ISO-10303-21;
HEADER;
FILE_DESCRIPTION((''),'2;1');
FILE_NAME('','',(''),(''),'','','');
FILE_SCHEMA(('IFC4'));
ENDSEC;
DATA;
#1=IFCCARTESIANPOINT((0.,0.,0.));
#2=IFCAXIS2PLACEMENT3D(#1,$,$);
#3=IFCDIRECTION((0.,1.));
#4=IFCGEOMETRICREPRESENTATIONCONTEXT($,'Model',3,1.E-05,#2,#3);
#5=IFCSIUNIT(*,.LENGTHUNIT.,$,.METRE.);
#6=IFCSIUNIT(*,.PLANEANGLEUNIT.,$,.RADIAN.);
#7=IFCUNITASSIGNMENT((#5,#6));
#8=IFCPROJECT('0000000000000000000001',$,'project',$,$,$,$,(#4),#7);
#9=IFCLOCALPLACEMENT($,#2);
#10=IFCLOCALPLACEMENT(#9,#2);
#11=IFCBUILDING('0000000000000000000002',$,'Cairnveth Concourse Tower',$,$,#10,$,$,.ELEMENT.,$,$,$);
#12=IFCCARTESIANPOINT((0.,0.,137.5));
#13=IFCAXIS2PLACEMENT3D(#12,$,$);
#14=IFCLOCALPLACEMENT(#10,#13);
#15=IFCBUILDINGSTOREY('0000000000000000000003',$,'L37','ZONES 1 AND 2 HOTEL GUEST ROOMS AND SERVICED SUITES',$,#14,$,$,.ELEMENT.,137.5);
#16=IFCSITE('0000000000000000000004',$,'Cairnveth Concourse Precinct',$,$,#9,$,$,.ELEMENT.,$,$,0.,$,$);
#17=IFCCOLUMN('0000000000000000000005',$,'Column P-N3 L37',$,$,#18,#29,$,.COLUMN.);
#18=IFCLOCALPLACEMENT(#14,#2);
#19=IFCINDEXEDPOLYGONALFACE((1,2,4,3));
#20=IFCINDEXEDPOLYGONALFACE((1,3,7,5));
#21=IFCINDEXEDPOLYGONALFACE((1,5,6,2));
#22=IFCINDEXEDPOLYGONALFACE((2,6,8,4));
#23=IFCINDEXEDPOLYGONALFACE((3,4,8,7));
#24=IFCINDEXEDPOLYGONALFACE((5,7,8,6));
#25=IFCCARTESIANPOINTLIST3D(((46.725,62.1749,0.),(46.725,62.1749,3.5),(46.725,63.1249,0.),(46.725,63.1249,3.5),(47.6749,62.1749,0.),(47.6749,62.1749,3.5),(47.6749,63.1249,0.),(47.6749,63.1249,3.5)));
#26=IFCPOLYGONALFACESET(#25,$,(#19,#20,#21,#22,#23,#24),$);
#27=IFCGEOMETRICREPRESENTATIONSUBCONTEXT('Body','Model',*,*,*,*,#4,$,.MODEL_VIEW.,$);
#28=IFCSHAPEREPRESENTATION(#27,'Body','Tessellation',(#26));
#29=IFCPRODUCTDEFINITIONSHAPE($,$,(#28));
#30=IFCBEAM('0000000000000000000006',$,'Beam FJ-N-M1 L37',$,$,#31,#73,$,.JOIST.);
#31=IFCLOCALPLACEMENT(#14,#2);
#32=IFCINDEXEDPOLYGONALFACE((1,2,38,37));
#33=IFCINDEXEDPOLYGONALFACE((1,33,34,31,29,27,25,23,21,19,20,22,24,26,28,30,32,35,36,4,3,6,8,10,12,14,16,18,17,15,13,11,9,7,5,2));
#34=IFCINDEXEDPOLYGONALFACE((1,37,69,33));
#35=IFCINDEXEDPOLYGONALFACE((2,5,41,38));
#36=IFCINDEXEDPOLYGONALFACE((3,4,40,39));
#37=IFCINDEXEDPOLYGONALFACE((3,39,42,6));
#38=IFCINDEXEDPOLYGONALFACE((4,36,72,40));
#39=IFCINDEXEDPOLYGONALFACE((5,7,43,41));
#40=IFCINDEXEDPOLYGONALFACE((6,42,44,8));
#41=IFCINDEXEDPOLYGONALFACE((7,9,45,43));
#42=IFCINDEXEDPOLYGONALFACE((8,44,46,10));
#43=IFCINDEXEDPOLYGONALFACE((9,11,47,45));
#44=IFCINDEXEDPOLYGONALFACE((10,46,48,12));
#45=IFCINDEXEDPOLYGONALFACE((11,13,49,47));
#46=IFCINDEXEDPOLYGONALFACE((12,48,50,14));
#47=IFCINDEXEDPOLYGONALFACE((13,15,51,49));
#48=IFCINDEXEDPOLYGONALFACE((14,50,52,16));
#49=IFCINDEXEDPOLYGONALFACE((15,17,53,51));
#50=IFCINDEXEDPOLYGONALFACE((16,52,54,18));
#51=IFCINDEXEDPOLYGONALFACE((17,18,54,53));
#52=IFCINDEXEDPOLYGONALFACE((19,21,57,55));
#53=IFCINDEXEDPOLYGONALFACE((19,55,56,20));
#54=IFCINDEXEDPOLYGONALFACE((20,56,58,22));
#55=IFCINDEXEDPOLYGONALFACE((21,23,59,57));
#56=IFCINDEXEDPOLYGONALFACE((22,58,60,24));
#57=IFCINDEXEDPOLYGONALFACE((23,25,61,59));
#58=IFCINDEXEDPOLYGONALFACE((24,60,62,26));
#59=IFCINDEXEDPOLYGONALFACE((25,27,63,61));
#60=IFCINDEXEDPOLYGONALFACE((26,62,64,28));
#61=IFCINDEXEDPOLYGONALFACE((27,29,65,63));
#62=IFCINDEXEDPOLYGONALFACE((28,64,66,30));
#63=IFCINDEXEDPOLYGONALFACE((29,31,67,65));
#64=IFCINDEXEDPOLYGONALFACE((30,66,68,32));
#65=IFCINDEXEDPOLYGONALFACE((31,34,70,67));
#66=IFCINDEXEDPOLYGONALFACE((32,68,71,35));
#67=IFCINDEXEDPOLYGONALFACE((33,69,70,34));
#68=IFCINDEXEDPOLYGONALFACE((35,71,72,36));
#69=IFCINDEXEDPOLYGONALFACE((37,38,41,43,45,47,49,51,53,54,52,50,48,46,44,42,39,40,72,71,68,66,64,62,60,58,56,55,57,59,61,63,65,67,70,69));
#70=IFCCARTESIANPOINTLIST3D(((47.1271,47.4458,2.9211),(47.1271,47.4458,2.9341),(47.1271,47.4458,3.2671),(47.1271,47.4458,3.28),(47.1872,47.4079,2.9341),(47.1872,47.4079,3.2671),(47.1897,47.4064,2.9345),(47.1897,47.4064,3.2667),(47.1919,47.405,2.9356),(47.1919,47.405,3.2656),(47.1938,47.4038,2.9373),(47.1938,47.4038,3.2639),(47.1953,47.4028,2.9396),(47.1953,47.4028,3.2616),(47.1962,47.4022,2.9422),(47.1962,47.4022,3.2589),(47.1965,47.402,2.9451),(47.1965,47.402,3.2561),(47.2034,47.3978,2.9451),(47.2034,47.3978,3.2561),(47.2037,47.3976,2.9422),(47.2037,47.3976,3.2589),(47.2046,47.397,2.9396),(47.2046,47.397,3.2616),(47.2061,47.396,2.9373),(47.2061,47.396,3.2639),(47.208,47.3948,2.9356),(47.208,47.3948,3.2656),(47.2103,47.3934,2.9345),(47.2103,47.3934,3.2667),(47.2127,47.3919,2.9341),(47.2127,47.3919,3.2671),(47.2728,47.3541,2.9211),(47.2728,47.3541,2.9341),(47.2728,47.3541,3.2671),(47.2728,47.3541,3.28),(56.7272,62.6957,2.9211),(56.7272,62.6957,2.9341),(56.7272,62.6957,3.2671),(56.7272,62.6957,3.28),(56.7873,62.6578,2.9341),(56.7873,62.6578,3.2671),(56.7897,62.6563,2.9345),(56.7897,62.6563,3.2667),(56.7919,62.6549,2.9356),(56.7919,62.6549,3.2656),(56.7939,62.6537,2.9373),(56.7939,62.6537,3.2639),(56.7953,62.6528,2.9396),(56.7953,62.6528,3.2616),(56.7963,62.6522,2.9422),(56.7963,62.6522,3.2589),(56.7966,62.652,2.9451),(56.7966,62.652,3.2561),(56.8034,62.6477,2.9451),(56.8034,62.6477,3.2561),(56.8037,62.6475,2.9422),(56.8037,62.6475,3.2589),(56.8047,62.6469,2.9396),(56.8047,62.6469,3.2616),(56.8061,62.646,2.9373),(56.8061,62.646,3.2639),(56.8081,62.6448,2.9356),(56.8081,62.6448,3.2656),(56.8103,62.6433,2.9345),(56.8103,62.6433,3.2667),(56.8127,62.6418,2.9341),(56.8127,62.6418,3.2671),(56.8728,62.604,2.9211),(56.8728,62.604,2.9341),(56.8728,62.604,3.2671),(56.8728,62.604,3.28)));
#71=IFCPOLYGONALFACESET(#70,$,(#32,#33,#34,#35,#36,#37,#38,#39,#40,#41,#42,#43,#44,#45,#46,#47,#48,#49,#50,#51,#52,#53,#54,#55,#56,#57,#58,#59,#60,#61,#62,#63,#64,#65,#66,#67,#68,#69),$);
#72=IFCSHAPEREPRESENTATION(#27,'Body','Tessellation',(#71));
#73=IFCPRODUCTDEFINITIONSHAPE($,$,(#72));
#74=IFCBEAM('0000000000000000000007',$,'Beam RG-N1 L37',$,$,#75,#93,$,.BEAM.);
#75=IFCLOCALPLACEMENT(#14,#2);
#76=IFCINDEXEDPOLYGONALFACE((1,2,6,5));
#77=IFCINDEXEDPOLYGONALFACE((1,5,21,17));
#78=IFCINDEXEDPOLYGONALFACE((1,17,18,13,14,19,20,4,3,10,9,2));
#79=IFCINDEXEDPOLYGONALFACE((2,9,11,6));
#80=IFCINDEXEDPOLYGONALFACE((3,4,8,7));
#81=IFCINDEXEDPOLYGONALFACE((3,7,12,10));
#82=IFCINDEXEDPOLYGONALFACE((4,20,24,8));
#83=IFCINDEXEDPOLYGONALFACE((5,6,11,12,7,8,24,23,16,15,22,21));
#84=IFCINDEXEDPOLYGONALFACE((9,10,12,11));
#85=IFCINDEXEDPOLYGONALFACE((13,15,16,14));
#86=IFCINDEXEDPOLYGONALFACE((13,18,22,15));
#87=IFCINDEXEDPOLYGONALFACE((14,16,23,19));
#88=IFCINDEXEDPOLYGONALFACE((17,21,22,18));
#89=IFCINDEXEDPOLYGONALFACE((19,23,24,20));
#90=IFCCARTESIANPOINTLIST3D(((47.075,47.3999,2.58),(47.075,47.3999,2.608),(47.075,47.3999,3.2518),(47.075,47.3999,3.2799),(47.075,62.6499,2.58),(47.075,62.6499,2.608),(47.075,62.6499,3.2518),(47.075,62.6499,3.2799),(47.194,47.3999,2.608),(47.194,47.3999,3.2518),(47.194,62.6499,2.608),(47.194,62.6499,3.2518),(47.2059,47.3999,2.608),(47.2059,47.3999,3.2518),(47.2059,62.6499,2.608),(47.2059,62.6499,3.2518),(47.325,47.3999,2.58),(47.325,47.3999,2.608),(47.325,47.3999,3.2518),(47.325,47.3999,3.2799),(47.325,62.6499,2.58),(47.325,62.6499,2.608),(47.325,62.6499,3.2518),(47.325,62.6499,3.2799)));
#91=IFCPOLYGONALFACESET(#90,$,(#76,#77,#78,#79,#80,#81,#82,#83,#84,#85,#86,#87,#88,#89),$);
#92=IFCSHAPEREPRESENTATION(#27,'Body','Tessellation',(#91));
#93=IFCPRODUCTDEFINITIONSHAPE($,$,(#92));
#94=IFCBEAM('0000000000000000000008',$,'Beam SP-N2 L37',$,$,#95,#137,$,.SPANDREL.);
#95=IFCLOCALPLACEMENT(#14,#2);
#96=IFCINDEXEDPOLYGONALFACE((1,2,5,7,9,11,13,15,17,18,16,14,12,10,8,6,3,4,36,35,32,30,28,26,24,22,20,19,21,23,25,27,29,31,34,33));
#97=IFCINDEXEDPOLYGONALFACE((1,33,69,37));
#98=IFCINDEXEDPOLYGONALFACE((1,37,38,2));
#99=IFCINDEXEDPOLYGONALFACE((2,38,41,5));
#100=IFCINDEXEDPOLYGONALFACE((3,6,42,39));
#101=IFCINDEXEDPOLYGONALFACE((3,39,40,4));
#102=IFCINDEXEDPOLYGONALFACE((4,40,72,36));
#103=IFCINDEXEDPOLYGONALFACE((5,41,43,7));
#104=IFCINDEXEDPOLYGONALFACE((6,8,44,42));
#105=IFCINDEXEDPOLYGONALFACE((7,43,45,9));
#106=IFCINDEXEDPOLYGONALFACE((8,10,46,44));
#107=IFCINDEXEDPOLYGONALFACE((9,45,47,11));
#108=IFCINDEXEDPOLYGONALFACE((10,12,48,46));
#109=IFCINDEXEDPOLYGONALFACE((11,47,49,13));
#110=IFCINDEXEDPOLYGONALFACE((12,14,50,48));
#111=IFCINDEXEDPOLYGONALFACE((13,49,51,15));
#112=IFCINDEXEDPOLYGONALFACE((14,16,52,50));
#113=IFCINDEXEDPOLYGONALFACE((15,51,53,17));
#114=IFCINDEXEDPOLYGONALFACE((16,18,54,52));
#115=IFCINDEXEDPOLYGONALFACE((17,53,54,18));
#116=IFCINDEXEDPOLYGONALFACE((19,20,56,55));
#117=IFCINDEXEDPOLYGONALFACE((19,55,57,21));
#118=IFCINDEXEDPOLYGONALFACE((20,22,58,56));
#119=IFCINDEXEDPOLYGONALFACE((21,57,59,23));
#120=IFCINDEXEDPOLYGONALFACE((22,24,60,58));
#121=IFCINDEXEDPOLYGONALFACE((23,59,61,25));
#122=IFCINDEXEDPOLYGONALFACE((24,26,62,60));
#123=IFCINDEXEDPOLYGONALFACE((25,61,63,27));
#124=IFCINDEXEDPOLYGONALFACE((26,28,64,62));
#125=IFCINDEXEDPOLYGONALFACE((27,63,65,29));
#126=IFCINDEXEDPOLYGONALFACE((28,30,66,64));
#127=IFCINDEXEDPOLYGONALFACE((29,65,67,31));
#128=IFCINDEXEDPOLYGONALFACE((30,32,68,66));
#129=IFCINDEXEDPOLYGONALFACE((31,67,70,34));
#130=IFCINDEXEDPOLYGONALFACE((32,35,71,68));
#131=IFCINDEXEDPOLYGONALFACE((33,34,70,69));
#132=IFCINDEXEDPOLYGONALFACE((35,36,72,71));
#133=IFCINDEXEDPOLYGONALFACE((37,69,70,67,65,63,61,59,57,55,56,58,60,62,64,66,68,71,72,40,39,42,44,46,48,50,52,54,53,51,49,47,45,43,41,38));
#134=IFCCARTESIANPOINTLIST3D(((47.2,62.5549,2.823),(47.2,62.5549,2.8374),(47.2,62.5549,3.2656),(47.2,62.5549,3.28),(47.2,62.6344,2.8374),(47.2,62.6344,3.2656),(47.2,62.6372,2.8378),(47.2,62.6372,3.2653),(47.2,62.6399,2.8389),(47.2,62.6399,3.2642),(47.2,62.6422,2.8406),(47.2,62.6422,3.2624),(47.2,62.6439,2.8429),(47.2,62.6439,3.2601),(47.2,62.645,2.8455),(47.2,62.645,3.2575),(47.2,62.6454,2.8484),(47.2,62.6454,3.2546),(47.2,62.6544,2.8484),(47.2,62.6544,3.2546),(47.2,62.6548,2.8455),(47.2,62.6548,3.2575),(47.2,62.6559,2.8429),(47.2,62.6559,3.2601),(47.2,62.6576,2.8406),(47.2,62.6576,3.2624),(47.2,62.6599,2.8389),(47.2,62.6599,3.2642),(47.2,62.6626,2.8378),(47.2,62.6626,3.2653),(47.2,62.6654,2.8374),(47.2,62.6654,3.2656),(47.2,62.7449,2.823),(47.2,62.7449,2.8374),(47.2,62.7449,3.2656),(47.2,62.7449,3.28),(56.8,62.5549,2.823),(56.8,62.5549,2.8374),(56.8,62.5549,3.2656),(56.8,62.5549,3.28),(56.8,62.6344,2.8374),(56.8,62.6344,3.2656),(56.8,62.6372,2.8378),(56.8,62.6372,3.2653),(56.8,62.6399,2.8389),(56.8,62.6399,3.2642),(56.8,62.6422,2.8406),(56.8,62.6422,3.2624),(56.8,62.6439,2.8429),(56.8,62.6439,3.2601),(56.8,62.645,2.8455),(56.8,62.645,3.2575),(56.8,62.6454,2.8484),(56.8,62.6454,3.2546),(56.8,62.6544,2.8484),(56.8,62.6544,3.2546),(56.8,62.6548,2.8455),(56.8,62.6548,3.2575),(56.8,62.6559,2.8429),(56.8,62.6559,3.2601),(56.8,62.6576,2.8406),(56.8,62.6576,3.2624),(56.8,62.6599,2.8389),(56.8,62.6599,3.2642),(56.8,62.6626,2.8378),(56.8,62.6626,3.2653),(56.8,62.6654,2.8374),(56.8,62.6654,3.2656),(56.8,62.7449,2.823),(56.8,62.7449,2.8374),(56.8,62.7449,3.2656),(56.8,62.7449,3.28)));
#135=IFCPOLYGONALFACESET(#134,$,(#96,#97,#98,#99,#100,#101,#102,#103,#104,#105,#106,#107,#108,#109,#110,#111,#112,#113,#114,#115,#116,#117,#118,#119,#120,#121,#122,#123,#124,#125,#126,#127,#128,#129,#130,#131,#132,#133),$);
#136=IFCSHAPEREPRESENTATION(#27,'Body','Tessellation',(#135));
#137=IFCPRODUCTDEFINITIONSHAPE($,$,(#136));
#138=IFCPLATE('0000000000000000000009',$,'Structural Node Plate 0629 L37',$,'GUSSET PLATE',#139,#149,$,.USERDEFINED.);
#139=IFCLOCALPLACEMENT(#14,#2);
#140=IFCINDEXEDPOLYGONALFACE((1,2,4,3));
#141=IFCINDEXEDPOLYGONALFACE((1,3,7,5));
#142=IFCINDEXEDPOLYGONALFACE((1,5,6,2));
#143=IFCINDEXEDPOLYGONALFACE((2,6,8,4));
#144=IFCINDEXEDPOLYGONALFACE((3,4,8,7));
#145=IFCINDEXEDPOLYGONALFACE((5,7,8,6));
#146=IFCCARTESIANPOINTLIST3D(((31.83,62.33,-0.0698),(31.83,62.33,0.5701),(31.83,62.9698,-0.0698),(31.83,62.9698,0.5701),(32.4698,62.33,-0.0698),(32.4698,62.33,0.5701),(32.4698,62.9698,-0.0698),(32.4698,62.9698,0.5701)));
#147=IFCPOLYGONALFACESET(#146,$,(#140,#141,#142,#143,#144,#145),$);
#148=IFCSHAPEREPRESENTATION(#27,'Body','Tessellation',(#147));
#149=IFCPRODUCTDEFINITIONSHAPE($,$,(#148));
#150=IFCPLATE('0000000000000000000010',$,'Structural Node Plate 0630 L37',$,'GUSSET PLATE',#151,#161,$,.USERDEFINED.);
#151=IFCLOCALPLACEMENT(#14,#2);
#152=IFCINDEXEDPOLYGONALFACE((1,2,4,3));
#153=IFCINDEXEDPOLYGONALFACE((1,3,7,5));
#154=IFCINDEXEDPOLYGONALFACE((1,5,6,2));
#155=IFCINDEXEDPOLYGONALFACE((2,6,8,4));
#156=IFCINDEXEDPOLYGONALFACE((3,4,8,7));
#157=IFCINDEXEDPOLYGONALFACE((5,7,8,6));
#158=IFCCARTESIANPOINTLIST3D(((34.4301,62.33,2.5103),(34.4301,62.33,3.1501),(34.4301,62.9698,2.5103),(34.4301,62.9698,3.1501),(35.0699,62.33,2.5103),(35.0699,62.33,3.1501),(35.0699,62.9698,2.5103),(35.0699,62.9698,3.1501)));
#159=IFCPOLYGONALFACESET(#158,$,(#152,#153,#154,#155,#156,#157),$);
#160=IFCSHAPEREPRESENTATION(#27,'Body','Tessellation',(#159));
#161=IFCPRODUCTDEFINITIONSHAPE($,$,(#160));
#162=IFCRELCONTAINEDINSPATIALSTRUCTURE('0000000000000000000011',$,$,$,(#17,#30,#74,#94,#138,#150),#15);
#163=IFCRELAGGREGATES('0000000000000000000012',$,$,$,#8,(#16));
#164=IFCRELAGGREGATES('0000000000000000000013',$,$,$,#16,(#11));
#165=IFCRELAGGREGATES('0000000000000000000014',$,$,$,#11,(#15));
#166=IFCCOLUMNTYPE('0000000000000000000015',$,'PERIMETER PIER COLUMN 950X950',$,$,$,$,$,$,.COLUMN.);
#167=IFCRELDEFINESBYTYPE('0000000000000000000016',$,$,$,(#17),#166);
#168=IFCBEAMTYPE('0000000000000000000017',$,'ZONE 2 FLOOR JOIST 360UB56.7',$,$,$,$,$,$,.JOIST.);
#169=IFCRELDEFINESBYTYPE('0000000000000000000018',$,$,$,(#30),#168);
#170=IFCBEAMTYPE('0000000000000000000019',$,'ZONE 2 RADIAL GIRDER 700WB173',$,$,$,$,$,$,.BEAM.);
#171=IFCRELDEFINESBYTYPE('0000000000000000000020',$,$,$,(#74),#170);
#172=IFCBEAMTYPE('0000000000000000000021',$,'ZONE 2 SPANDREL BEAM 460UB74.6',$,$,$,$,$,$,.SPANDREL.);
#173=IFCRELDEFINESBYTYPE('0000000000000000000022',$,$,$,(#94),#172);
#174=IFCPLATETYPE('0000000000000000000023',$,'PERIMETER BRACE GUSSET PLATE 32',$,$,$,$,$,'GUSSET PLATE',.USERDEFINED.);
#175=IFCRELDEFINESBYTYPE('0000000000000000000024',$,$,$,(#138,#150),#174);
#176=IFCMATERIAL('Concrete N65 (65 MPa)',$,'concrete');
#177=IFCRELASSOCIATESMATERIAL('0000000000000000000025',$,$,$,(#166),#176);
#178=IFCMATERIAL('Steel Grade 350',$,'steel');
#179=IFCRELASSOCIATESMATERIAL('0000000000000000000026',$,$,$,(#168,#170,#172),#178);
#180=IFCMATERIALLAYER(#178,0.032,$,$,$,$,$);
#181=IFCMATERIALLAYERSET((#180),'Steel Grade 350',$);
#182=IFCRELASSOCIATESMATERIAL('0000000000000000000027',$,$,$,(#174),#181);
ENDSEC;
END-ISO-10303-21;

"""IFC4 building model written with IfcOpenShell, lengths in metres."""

from ifc_helpers import new_model, si_unit, direction, frame, origin, origin_2d, place, context, subcontext, project, spatial, rectangle, i_section, extrude, material, layer, layer_set, material_profile, profile_set, type_object, element, save


model = new_model("IFC4")

# Units and contexts
model_context = context("Model", 3, precision=1e-05, world=origin(), true_north=direction((0.0, 1.0)))
body_context = subcontext(model_context, "Body", "Model", "MODEL_VIEW")
ifc_project = project(units=[si_unit("LENGTHUNIT", "METRE"), si_unit("PLANEANGLEUNIT", "RADIAN")], contexts=[model_context])

# Site, building, storey
site_placement = place(None, origin())
site = spatial("IfcSite", under=ifc_project, at=site_placement, Name="Cairnveth Concourse Precinct", CompositionType="ELEMENT", RefElevation=0.0)
building_placement = place(site_placement, origin())
building = spatial("IfcBuilding", under=site, at=building_placement, Name="Cairnveth Concourse Tower", CompositionType="ELEMENT")
storey_placement = place(building_placement, frame((0.0, 0.0, 137.5)))
storey = spatial("IfcBuildingStorey", under=building, at=storey_placement, Name="L37", Description="ZONES 1 AND 2 HOTEL GUEST ROOMS AND SERVICED SUITES", CompositionType="ELEMENT", Elevation=137.5)

# Column
ifc_material_1 = material(Name="Concrete N65 (65 MPa)", Category="concrete")
ifc_material_profile_1 = material_profile(ifc_material_1, rectangle(XDim=0.95, YDim=0.95, at=origin_2d()), Name="RC-COL-950x950")
ifc_profile_set_1 = profile_set([ifc_material_profile_1], Name="Concrete N65 (65 MPa)")
column_type = type_object("IfcColumnType", Name="PERIMETER PIER COLUMN 950X950", PredefinedType="COLUMN", material=ifc_profile_set_1)
column_placement = place(storey_placement, frame((47.2, 62.6499, 0.0), z_axis=(0.0, 0.0, 1.0), x_axis=(1.0, 0.0, 0.0)))
element("IfcColumn", 1, at=column_placement, inside=storey, type_object=column_type, Name="Column P-N3 L37", PredefinedType="COLUMN", context=body_context, shape_type="SweptSolid", body=[
    extrude(rectangle(XDim=0.95, YDim=0.95, at=origin_2d()), origin(), (0.0, 0.0, 1.0), 3.5),
])

# Beams
ifc_material_2 = material(Name="Steel Grade 350", Category="steel")
ifc_material_profile_2 = material_profile(ifc_material_2, i_section(OverallWidth=0.1721, OverallDepth=0.3589, WebThickness=0.0081, FlangeThickness=0.0129, FilletRadius=0.011, at=origin_2d()), Name="360UB56.7")
ifc_profile_set_2 = profile_set([ifc_material_profile_2], Name="Steel Grade 350")
beam_type_1 = type_object("IfcBeamType", Name="ZONE 2 FLOOR JOIST 360UB56.7", PredefinedType="JOIST", material=ifc_profile_set_2)
beam_1_placement = place(storey_placement, frame((47.2, 47.3999, 3.1006), z_axis=(0.532744, 0.846277, 0.0), x_axis=(-0.846277, 0.532744, 0.0)))
element("IfcBeam", 2, at=beam_1_placement, inside=storey, type_object=beam_type_1, Name="Beam FJ-N-M1 L37", PredefinedType="JOIST", context=body_context, shape_type="SweptSolid", body=[
    extrude(i_section(OverallWidth=0.1721, OverallDepth=0.3589, WebThickness=0.0081, FlangeThickness=0.0129, FilletRadius=0.011, at=origin_2d()), origin(), (0.0, 0.0, 1.0), 18.02),
])
ifc_material_profile_3 = material_profile(ifc_material_2, i_section(OverallWidth=0.25, OverallDepth=0.7, WebThickness=0.012, FlangeThickness=0.0281, at=origin_2d()), Name="700WB173")
ifc_profile_set_3 = profile_set([ifc_material_profile_3], Name="Steel Grade 350")
beam_type_2 = type_object("IfcBeamType", Name="ZONE 2 RADIAL GIRDER 700WB173", PredefinedType="BEAM", material=ifc_profile_set_3)
beam_2_placement = place(storey_placement, frame((47.2, 47.3999, 2.9299), z_axis=(0.0, 1.0, 0.0), x_axis=(-1.0, 0.0, 0.0)))
element("IfcBeam", 3, at=beam_2_placement, inside=storey, type_object=beam_type_2, Name="Beam RG-N1 L37", PredefinedType="BEAM", context=body_context, shape_type="SweptSolid", body=[
    extrude(i_section(OverallWidth=0.25, OverallDepth=0.7, WebThickness=0.012, FlangeThickness=0.0281, at=origin_2d()), origin(), (0.0, 0.0, 1.0), 15.25),
])
ifc_material_profile_4 = material_profile(ifc_material_2, i_section(OverallWidth=0.1899, OverallDepth=0.457, WebThickness=0.009, FlangeThickness=0.0144, FilletRadius=0.011, at=origin_2d()), Name="460UB74.6")
ifc_profile_set_4 = profile_set([ifc_material_profile_4], Name="Steel Grade 350")
beam_type_3 = type_object("IfcBeamType", Name="ZONE 2 SPANDREL BEAM 460UB74.6", PredefinedType="SPANDREL", material=ifc_profile_set_4)
beam_3_placement = place(storey_placement, frame((47.2, 62.6499, 3.0515), z_axis=(1.0, 0.0, 0.0), x_axis=(0.0, 1.0, 0.0)))
element("IfcBeam", 4, at=beam_3_placement, inside=storey, type_object=beam_type_3, Name="Beam SP-N2 L37", PredefinedType="SPANDREL", context=body_context, shape_type="SweptSolid", body=[
    extrude(i_section(OverallWidth=0.1899, OverallDepth=0.457, WebThickness=0.009, FlangeThickness=0.0144, FilletRadius=0.011, at=origin_2d()), origin(), (0.0, 0.0, 1.0), 9.6001),
])

# Plates
ifc_layer_1 = layer(ifc_material_2, 0.032)
ifc_layer_set_1 = layer_set([ifc_layer_1], Name="Steel Grade 350")
plate_type = type_object("IfcPlateType", Name="PERIMETER BRACE GUSSET PLATE 32", ElementType="GUSSET PLATE", PredefinedType="USERDEFINED", material=ifc_layer_set_1)
for number, where, z_axis, x_axis, name in (
    (5, (32.1499, 62.6499, -0.0698), (0.0, 0.0, 1.0), (1.0, 0.0, 0.0), "Structural Node Plate 0629 L37"),
    (6, (34.75, 62.6499, 2.5103), (0.0, 0.0, 1.0), (1.0, 0.0, 0.0), "Structural Node Plate 0630 L37"),
):
    element("IfcPlate", number, at=place(storey_placement, frame(where, z_axis=z_axis, x_axis=x_axis)), inside=storey, type_object=plate_type, Name=name, ObjectType="GUSSET PLATE", PredefinedType="USERDEFINED", context=body_context, shape_type="SweptSolid", body=[
        extrude(rectangle(XDim=0.6399, YDim=0.6399, at=origin_2d()), origin(), (0.0, 0.0, 1.0), 0.6399),
    ])

save(model, "model.ifc")
